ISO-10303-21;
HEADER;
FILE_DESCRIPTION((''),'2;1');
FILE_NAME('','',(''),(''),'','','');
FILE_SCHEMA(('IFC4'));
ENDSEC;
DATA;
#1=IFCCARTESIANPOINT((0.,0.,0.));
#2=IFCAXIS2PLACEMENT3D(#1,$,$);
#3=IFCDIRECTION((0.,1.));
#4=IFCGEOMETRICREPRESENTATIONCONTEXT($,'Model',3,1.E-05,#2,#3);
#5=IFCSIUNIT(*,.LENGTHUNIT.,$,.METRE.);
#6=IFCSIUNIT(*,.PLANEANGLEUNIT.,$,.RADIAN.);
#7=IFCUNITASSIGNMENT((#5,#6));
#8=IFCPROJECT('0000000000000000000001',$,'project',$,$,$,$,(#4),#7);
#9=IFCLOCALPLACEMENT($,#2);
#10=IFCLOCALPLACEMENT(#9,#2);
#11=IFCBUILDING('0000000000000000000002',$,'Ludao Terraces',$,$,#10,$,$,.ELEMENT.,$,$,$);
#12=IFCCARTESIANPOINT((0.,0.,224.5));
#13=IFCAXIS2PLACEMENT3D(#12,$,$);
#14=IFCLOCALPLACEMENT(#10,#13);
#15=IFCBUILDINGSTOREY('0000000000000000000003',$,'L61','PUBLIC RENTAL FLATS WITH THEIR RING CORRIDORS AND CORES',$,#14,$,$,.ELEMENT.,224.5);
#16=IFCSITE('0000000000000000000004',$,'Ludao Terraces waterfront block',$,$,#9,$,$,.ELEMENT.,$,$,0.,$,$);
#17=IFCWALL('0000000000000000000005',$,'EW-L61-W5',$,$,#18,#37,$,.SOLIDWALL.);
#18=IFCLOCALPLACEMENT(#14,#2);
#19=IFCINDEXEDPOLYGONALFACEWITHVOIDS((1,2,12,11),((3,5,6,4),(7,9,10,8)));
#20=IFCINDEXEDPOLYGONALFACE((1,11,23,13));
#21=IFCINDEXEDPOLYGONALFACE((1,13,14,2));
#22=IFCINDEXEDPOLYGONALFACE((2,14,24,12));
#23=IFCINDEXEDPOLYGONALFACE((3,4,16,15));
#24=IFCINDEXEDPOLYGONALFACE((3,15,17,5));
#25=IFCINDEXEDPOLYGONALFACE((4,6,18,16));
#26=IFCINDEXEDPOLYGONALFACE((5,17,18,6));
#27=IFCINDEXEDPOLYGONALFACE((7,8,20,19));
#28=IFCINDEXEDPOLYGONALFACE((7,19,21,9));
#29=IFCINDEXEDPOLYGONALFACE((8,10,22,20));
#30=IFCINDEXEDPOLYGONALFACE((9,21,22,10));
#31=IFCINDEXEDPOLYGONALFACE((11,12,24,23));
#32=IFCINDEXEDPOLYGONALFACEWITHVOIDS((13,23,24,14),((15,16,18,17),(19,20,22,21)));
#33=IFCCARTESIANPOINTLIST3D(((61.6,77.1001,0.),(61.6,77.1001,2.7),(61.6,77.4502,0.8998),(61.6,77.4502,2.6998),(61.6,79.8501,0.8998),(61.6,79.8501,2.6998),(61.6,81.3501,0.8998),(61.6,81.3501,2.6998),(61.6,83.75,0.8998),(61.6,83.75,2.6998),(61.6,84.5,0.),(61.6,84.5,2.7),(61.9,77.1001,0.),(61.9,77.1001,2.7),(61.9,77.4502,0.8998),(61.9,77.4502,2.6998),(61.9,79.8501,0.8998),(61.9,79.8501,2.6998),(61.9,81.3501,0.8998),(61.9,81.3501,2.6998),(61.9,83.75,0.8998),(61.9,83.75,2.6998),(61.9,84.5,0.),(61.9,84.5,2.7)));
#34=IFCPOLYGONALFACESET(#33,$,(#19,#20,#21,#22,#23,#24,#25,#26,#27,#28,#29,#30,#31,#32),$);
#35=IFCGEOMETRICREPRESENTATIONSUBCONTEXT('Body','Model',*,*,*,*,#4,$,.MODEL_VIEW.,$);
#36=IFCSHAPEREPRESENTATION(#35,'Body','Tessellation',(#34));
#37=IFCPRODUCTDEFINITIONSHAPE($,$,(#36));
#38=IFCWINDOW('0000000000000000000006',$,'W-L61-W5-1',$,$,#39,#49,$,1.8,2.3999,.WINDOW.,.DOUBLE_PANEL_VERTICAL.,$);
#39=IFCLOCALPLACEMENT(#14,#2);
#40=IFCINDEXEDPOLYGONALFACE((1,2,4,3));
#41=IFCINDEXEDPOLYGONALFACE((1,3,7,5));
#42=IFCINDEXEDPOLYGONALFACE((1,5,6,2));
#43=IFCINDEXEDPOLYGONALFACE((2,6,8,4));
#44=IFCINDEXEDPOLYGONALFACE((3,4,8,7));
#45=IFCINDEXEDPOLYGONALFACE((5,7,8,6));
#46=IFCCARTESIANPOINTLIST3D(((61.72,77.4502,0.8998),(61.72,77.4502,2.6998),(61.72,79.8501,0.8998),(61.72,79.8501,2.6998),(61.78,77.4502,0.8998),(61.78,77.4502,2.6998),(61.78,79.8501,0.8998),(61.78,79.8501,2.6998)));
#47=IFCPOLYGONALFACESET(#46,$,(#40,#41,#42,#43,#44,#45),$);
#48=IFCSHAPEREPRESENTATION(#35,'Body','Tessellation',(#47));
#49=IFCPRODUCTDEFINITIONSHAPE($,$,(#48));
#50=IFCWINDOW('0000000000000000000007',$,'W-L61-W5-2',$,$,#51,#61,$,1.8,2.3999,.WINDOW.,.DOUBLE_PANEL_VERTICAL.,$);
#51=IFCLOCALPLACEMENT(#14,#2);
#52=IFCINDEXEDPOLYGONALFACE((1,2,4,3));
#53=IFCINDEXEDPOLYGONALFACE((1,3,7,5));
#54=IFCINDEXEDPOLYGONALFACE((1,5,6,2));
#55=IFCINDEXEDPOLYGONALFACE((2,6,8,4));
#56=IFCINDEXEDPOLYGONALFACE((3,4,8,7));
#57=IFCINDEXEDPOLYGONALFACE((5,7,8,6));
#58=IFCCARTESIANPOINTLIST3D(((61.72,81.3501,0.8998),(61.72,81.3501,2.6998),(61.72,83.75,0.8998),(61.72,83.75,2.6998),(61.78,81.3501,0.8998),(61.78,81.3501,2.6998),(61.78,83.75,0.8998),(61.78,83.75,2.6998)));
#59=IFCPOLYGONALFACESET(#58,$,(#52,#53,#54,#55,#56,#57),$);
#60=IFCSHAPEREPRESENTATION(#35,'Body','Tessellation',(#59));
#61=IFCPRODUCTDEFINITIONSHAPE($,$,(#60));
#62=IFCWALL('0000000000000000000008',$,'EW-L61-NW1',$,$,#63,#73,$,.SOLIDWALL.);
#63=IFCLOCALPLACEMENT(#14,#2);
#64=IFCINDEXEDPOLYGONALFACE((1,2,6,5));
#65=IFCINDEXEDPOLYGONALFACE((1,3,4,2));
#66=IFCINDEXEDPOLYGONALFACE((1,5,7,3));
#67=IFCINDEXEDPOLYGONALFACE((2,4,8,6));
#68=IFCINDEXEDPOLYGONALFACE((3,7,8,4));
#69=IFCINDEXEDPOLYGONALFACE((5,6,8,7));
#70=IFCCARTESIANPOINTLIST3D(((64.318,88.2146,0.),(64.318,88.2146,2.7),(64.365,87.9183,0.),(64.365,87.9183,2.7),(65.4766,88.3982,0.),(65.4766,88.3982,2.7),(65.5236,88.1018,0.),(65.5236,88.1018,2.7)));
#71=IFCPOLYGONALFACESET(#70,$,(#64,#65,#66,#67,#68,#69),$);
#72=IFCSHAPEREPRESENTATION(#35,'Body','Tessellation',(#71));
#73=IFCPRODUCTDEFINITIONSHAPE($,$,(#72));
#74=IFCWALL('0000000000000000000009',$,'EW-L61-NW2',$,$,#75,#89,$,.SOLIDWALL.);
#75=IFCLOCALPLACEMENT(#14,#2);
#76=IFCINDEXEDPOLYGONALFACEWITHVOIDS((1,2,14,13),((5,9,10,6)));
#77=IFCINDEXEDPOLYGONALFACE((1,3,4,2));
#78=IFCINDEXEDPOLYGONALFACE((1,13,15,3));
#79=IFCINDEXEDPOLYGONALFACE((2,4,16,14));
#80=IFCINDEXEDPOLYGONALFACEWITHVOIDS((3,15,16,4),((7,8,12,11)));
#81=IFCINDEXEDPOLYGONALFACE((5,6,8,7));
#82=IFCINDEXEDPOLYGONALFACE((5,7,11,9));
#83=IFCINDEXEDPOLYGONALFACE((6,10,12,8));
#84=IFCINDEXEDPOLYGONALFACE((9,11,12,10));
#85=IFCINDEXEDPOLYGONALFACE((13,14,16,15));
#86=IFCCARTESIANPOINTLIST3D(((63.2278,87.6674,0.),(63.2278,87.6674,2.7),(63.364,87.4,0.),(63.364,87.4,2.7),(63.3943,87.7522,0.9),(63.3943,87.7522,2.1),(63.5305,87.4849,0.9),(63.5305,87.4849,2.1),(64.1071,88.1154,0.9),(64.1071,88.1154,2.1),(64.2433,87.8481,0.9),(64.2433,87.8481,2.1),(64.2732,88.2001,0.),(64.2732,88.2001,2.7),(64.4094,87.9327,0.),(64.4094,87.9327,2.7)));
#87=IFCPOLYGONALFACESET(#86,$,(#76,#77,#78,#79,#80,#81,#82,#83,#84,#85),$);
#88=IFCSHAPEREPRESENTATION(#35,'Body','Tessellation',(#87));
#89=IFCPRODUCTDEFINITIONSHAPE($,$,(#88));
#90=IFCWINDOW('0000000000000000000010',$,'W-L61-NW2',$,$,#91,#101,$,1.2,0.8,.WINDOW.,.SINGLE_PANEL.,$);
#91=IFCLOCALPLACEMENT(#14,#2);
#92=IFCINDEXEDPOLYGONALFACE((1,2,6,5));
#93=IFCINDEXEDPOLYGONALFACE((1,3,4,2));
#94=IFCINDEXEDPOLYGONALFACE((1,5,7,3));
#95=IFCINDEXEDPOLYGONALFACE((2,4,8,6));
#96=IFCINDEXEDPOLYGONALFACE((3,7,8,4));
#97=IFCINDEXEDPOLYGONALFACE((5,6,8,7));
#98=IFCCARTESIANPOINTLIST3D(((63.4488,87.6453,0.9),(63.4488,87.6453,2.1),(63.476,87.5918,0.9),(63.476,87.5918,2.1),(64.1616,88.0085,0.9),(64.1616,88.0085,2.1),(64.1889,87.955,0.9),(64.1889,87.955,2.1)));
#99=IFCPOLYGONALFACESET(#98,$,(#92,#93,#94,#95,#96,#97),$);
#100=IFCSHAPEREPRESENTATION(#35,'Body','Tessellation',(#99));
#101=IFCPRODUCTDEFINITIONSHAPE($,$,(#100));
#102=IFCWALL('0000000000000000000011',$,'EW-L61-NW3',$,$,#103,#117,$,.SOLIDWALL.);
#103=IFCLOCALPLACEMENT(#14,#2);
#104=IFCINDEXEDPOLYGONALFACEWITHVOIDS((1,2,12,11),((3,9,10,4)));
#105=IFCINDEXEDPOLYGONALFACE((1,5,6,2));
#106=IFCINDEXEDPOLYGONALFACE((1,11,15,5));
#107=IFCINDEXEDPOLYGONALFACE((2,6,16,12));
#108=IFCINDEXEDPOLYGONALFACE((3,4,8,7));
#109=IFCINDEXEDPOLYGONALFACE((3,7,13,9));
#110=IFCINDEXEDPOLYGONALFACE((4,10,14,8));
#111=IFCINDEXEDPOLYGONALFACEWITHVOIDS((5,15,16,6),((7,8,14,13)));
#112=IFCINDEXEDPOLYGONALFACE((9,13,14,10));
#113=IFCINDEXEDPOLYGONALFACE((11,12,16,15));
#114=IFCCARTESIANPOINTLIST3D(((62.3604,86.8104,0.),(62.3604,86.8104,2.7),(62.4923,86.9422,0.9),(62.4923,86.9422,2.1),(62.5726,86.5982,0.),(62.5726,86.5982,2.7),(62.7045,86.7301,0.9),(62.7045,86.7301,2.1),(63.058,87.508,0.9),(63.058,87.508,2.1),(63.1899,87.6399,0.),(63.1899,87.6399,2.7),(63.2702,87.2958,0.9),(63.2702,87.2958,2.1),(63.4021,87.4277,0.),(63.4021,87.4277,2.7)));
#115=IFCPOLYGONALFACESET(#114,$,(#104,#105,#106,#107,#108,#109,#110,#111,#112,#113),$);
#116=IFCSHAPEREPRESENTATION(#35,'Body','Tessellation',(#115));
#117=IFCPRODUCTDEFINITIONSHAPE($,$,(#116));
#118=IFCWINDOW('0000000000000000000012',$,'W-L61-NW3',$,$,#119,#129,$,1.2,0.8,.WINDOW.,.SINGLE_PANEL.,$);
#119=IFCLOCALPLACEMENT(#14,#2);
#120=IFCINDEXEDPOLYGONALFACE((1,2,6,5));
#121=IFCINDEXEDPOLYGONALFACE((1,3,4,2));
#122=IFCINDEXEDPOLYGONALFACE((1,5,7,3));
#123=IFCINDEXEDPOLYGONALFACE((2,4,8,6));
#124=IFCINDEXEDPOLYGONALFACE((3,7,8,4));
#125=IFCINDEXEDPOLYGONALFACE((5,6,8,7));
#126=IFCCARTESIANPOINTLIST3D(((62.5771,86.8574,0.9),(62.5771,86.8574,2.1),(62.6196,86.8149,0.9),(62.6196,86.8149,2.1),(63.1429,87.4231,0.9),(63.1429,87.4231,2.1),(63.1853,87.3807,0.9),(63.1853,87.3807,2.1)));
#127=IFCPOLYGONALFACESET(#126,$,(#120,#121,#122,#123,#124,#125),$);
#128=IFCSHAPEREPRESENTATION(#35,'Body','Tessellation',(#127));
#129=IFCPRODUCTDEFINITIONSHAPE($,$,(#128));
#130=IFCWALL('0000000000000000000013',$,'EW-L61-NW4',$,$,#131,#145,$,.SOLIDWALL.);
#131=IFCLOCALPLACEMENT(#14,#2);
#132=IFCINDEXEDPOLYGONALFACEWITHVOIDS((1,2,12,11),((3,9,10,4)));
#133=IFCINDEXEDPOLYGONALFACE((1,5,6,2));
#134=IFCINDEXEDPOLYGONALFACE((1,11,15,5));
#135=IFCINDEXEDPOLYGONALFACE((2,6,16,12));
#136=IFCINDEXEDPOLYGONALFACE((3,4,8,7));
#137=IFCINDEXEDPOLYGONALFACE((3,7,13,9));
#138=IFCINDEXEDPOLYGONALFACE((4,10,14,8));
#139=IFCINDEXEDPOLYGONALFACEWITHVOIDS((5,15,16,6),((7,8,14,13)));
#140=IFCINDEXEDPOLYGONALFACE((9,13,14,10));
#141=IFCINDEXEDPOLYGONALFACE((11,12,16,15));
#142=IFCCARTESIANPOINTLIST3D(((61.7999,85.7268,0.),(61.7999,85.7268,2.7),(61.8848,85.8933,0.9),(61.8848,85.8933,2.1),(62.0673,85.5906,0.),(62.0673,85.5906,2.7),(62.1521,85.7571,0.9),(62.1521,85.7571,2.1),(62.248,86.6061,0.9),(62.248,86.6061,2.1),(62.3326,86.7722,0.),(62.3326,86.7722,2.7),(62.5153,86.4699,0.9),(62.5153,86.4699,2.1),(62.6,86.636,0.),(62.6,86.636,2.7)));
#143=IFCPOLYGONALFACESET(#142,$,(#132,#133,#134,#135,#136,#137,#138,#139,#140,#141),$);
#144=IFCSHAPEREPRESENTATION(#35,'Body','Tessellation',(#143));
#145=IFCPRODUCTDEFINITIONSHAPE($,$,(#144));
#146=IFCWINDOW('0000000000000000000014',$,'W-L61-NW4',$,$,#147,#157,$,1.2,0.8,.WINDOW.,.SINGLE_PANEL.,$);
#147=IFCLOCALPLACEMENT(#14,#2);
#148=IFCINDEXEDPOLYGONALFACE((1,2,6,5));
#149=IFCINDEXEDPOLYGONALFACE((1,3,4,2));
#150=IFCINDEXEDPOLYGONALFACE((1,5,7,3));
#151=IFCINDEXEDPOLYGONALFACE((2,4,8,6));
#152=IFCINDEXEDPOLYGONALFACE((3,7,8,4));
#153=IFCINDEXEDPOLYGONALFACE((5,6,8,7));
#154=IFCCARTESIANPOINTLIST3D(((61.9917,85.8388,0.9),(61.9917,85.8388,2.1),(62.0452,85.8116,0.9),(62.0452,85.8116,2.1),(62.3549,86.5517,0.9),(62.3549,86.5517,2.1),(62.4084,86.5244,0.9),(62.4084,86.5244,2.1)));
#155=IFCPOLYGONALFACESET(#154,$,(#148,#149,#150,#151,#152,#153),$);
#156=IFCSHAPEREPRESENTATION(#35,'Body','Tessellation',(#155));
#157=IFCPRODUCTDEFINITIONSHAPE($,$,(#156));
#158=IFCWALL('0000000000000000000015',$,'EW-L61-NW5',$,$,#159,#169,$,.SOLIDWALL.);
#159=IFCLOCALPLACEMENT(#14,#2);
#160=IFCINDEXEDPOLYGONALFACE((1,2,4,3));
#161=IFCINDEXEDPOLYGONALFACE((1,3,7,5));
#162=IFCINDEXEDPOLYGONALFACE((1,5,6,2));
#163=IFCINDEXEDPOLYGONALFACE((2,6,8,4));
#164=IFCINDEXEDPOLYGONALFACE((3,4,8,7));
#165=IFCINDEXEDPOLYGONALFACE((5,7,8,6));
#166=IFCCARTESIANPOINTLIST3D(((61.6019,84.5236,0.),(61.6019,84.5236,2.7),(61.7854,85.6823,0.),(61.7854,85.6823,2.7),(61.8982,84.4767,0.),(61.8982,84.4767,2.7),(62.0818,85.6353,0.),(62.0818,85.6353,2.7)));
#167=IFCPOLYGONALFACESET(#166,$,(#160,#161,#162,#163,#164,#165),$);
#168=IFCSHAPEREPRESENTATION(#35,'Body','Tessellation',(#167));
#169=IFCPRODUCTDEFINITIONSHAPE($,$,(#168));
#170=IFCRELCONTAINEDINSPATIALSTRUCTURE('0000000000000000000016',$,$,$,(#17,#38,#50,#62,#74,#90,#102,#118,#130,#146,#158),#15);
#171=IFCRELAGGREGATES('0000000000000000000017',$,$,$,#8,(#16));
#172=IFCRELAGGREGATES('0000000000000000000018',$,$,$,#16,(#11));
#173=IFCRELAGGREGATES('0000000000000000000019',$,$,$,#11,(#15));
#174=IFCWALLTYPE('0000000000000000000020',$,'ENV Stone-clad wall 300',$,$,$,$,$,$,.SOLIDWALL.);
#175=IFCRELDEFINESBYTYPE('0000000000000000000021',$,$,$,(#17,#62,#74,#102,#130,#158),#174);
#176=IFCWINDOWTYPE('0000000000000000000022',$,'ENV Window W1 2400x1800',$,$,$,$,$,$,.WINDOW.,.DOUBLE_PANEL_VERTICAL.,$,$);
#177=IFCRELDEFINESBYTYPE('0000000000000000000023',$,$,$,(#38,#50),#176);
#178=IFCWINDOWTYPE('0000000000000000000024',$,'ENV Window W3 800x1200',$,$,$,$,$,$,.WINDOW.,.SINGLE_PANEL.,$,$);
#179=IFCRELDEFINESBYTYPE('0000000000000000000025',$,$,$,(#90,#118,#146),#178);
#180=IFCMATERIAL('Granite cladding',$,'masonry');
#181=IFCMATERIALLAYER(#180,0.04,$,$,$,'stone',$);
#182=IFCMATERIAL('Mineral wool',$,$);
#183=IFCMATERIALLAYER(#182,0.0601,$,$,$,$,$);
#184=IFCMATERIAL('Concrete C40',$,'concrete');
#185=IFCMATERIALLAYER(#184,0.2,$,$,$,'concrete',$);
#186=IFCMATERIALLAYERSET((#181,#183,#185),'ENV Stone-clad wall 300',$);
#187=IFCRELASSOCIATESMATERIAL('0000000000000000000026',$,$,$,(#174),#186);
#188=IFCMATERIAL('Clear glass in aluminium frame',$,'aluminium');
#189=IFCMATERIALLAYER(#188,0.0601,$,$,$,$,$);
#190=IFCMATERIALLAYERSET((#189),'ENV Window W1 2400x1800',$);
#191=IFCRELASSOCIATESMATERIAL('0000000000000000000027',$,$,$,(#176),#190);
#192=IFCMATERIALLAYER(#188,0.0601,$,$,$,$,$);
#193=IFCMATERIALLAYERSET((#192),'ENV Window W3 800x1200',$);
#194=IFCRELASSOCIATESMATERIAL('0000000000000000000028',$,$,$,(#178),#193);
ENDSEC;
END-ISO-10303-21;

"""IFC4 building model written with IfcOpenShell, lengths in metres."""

from ifc_helpers import new_model, si_unit, direction, frame, frame_2d, origin, place, context, subcontext, project, spatial, rectangle, extrude, material, layer, layer_set, type_object, element, fill, save


model = new_model("IFC4")

# Units and contexts
model_context = context("Model", 3, precision=1e-05, world=origin(), true_north=direction((0.0, 1.0)))
body_context = subcontext(model_context, "Body", "Model", "MODEL_VIEW")
ifc_project = project(units=[si_unit("LENGTHUNIT", "METRE"), si_unit("PLANEANGLEUNIT", "RADIAN")], contexts=[model_context])

# Site, building, storey
site_placement = place(None, origin())
site = spatial("IfcSite", under=ifc_project, at=site_placement, Name="Ludao Terraces waterfront block", CompositionType="ELEMENT", RefElevation=0.0)
building_placement = place(site_placement, origin())
building = spatial("IfcBuilding", under=site, at=building_placement, Name="Ludao Terraces", CompositionType="ELEMENT")
storey_placement = place(building_placement, frame((0.0, 0.0, 224.5)))
storey = spatial("IfcBuildingStorey", under=building, at=storey_placement, Name="L61", Description="PUBLIC RENTAL FLATS WITH THEIR RING CORRIDORS AND CORES", CompositionType="ELEMENT", Elevation=224.5)

# Shared definitions
ifc_material_1 = material(Name="Concrete C40", Category="concrete")

# Wall, openings, windows
ifc_material_2 = material(Name="Granite cladding", Category="masonry")
ifc_layer_1 = layer(ifc_material_2, 0.04, Category="stone")
ifc_material_3 = material(Name="Mineral wool")
ifc_layer_2 = layer(ifc_material_3, 0.0601)
ifc_layer_3 = layer(ifc_material_1, 0.2, Category="concrete")
ifc_layer_set_1 = layer_set([ifc_layer_1, ifc_layer_2, ifc_layer_3], Name="ENV Stone-clad wall 300")
wall_type_1 = type_object("IfcWallType", Name="ENV Stone-clad wall 300", PredefinedType="SOLIDWALL", material=ifc_layer_set_1)
ifc_material_4 = material(Name="Clear glass in aluminium frame", Category="aluminium")
ifc_layer_4 = layer(ifc_material_4, 0.0601)
ifc_layer_set_2 = layer_set([ifc_layer_4], Name="ENV Window W1 2400x1800")
window_type_1 = type_object("IfcWindowType", Name="ENV Window W1 2400x1800", PartitioningType="DOUBLE_PANEL_VERTICAL", PredefinedType="WINDOW", material=ifc_layer_set_2)
wall_1_placement = place(storey_placement, frame((61.75, 77.1001, 0.0), z_axis=(0.0, 0.0, 1.0), x_axis=(0.0, 1.0, 0.0)))
wall_1 = element("IfcWall", 1, at=wall_1_placement, inside=storey, type_object=wall_type_1, Name="EW-L61-W5", PredefinedType="SOLIDWALL", context=body_context, shape_type="SweptSolid", body=[
    extrude(rectangle(XDim=7.3999, YDim=0.3, at=frame_2d((3.7, 0.0))), origin(), (0.0, 0.0, 1.0), 2.7),
])
opening_1_placement = place(wall_1_placement, frame((0.3501, 0.0, 0.8999)))
opening_1 = element("IfcOpeningElement", 2, at=opening_1_placement, cuts=wall_1, PredefinedType="OPENING", context=body_context, shape_type="SweptSolid", body=[
    extrude(rectangle(XDim=2.3999, YDim=1.8, at=frame_2d((1.2, 0.8999))), frame((0.0, 0.1602, 0.0), z_axis=(0.0, -1.0, 0.0), x_axis=(1.0, 0.0, 0.0)), (0.0, 0.0, 1.0), 0.3201),
])
opening_2_placement = place(wall_1_placement, frame((4.25, 0.0, 0.8999)))
opening_2 = element("IfcOpeningElement", 3, at=opening_2_placement, cuts=wall_1, PredefinedType="OPENING", context=body_context, shape_type="SweptSolid", body=[
    extrude(rectangle(XDim=2.3999, YDim=1.8, at=frame_2d((1.2, 0.8999))), frame((0.0, 0.1602, 0.0), z_axis=(0.0, -1.0, 0.0), x_axis=(1.0, 0.0, 0.0)), (0.0, 0.0, 1.0), 0.3201),
])
window_1_placement = place(opening_1_placement, origin())
window_1 = element("IfcWindow", 4, at=window_1_placement, inside=storey, type_object=window_type_1, Name="W-L61-W5-1", OverallHeight=1.8, OverallWidth=2.3999, PartitioningType="DOUBLE_PANEL_VERTICAL", PredefinedType="WINDOW", context=body_context, shape_type="SweptSolid", body=[
    extrude(rectangle(XDim=2.3999, YDim=1.8, at=frame_2d((1.2, 0.8999))), frame((0.0, 0.03, 0.0), z_axis=(0.0, -1.0, 0.0), x_axis=(1.0, 0.0, 0.0)), (0.0, 0.0, 1.0), 0.0601),
])
fill(opening_1, window_1)
window_2_placement = place(opening_2_placement, origin())
window_2 = element("IfcWindow", 5, at=window_2_placement, inside=storey, type_object=window_type_1, Name="W-L61-W5-2", OverallHeight=1.8, OverallWidth=2.3999, PartitioningType="DOUBLE_PANEL_VERTICAL", PredefinedType="WINDOW", context=body_context, shape_type="SweptSolid", body=[
    extrude(rectangle(XDim=2.3999, YDim=1.8, at=frame_2d((1.2, 0.8999))), frame((0.0, 0.03, 0.0), z_axis=(0.0, -1.0, 0.0), x_axis=(1.0, 0.0, 0.0)), (0.0, 0.0, 1.0), 0.0601),
])
fill(opening_2, window_2)

# Wall
wall_2_placement = place(storey_placement, frame((65.5, 88.25, 0.0), z_axis=(0.0, 0.0, 1.0), x_axis=(-0.987678, -0.156497, 0.0)))
element("IfcWall", 6, at=wall_2_placement, inside=storey, type_object=wall_type_1, Name="EW-L61-NW1", PredefinedType="SOLIDWALL", context=body_context, shape_type="SweptSolid", body=[
    extrude(rectangle(XDim=1.1731, YDim=0.3, at=frame_2d((0.5864, 0.0))), origin(), (0.0, 0.0, 1.0), 2.7),
])

# Walls, openings, windows
wall_3_placement = place(storey_placement, frame((64.3413, 88.0664, 0.0), z_axis=(0.0, 0.0, 1.0), x_axis=(-0.890989, -0.454026, 0.0)))
wall_3 = element("IfcWall", 7, at=wall_3_placement, inside=storey, type_object=wall_type_1, Name="EW-L61-NW2", PredefinedType="SOLIDWALL", context=body_context, shape_type="SweptSolid", body=[
    extrude(rectangle(XDim=1.1733, YDim=0.3, at=frame_2d((0.5867, 0.0))), origin(), (0.0, 0.0, 1.0), 2.7),
])
opening_3_placement = place(wall_3_placement, frame((0.1865, 0.0, 0.8999)))
opening_3 = element("IfcOpeningElement", 8, at=opening_3_placement, cuts=wall_3, PredefinedType="OPENING", context=body_context, shape_type="SweptSolid", body=[
    extrude(rectangle(XDim=0.8, YDim=1.2, at=frame_2d((0.3999, 0.6001))), frame((0.0, 0.1602, 0.0), z_axis=(0.0, -1.0, 0.0), x_axis=(1.0, 0.0, 0.0)), (0.0, 0.0, 1.0), 0.3201),
])
ifc_layer_5 = layer(ifc_material_4, 0.0601)
ifc_layer_set_3 = layer_set([ifc_layer_5], Name="ENV Window W3 800x1200")
window_type_2 = type_object("IfcWindowType", Name="ENV Window W3 800x1200", PartitioningType="SINGLE_PANEL", PredefinedType="WINDOW", material=ifc_layer_set_3)
window_3_placement = place(opening_3_placement, origin())
window_3 = element("IfcWindow", 9, at=window_3_placement, inside=storey, type_object=window_type_2, Name="W-L61-NW2", OverallHeight=1.2, OverallWidth=0.8, PartitioningType="SINGLE_PANEL", PredefinedType="WINDOW", context=body_context, shape_type="SweptSolid", body=[
    extrude(rectangle(XDim=0.8, YDim=1.2, at=frame_2d((0.3999, 0.6001))), frame((0.0, 0.03, 0.0), z_axis=(0.0, -1.0, 0.0), x_axis=(1.0, 0.0, 0.0)), (0.0, 0.0, 1.0), 0.0601),
])
fill(opening_3, window_3)
wall_4_placement = place(storey_placement, frame((63.2959, 87.5337, 0.0), z_axis=(0.0, 0.0, 1.0), x_axis=(-0.707107, -0.707107, 0.0)))
wall_4 = element("IfcWall", 10, at=wall_4_placement, inside=storey, type_object=wall_type_1, Name="EW-L61-NW3", PredefinedType="SOLIDWALL", context=body_context, shape_type="SweptSolid", body=[
    extrude(rectangle(XDim=1.1731, YDim=0.3, at=frame_2d((0.5864, 0.0))), origin(), (0.0, 0.0, 1.0), 2.7),
])
opening_4_placement = place(wall_4_placement, frame((0.1865, 0.0, 0.8999)))
opening_4 = element("IfcOpeningElement", 11, at=opening_4_placement, cuts=wall_4, PredefinedType="OPENING", context=body_context, shape_type="SweptSolid", body=[
    extrude(rectangle(XDim=0.8, YDim=1.2, at=frame_2d((0.3999, 0.6001))), frame((0.0, 0.1602, 0.0), z_axis=(0.0, -1.0, 0.0), x_axis=(1.0, 0.0, 0.0)), (0.0, 0.0, 1.0), 0.3201),
])
window_4_placement = place(opening_4_placement, origin())
window_4 = element("IfcWindow", 12, at=window_4_placement, inside=storey, type_object=window_type_2, Name="W-L61-NW3", OverallHeight=1.2, OverallWidth=0.8, PartitioningType="SINGLE_PANEL", PredefinedType="WINDOW", context=body_context, shape_type="SweptSolid", body=[
    extrude(rectangle(XDim=0.8, YDim=1.2, at=frame_2d((0.3999, 0.6001))), frame((0.0, 0.03, 0.0), z_axis=(0.0, -1.0, 0.0), x_axis=(1.0, 0.0, 0.0)), (0.0, 0.0, 1.0), 0.0601),
])
fill(opening_4, window_4)
wall_5_placement = place(storey_placement, frame((62.4663, 86.7041, 0.0), z_axis=(0.0, 0.0, 1.0), x_axis=(-0.454026, -0.890989, 0.0)))
wall_5 = element("IfcWall", 13, at=wall_5_placement, inside=storey, type_object=wall_type_1, Name="EW-L61-NW4", PredefinedType="SOLIDWALL", context=body_context, shape_type="SweptSolid", body=[
    extrude(rectangle(XDim=1.1733, YDim=0.3, at=frame_2d((0.5867, 0.0))), origin(), (0.0, 0.0, 1.0), 2.7),
])
opening_5_placement = place(wall_5_placement, frame((0.1865, 0.0, 0.8999)))
opening_5 = element("IfcOpeningElement", 14, at=opening_5_placement, cuts=wall_5, PredefinedType="OPENING", context=body_context, shape_type="SweptSolid", body=[
    extrude(rectangle(XDim=0.8, YDim=1.2, at=frame_2d((0.3999, 0.6001))), frame((0.0, 0.1602, 0.0), z_axis=(0.0, -1.0, 0.0), x_axis=(1.0, 0.0, 0.0)), (0.0, 0.0, 1.0), 0.3201),
])
window_5_placement = place(opening_5_placement, origin())
window_5 = element("IfcWindow", 15, at=window_5_placement, inside=storey, type_object=window_type_2, Name="W-L61-NW4", OverallHeight=1.2, OverallWidth=0.8, PartitioningType="SINGLE_PANEL", PredefinedType="WINDOW", context=body_context, shape_type="SweptSolid", body=[
    extrude(rectangle(XDim=0.8, YDim=1.2, at=frame_2d((0.3999, 0.6001))), frame((0.0, 0.03, 0.0), z_axis=(0.0, -1.0, 0.0), x_axis=(1.0, 0.0, 0.0)), (0.0, 0.0, 1.0), 0.0601),
])
fill(opening_5, window_5)

# Wall
wall_6_placement = place(storey_placement, frame((61.9336, 85.6587, 0.0), z_axis=(0.0, 0.0, 1.0), x_axis=(-0.156497, -0.987678, 0.0)))
element("IfcWall", 16, at=wall_6_placement, inside=storey, type_object=wall_type_1, Name="EW-L61-NW5", PredefinedType="SOLIDWALL", context=body_context, shape_type="SweptSolid", body=[
    extrude(rectangle(XDim=1.1731, YDim=0.3, at=frame_2d((0.5864, 0.0))), origin(), (0.0, 0.0, 1.0), 2.7),
])

save(model, "model.ifc")
